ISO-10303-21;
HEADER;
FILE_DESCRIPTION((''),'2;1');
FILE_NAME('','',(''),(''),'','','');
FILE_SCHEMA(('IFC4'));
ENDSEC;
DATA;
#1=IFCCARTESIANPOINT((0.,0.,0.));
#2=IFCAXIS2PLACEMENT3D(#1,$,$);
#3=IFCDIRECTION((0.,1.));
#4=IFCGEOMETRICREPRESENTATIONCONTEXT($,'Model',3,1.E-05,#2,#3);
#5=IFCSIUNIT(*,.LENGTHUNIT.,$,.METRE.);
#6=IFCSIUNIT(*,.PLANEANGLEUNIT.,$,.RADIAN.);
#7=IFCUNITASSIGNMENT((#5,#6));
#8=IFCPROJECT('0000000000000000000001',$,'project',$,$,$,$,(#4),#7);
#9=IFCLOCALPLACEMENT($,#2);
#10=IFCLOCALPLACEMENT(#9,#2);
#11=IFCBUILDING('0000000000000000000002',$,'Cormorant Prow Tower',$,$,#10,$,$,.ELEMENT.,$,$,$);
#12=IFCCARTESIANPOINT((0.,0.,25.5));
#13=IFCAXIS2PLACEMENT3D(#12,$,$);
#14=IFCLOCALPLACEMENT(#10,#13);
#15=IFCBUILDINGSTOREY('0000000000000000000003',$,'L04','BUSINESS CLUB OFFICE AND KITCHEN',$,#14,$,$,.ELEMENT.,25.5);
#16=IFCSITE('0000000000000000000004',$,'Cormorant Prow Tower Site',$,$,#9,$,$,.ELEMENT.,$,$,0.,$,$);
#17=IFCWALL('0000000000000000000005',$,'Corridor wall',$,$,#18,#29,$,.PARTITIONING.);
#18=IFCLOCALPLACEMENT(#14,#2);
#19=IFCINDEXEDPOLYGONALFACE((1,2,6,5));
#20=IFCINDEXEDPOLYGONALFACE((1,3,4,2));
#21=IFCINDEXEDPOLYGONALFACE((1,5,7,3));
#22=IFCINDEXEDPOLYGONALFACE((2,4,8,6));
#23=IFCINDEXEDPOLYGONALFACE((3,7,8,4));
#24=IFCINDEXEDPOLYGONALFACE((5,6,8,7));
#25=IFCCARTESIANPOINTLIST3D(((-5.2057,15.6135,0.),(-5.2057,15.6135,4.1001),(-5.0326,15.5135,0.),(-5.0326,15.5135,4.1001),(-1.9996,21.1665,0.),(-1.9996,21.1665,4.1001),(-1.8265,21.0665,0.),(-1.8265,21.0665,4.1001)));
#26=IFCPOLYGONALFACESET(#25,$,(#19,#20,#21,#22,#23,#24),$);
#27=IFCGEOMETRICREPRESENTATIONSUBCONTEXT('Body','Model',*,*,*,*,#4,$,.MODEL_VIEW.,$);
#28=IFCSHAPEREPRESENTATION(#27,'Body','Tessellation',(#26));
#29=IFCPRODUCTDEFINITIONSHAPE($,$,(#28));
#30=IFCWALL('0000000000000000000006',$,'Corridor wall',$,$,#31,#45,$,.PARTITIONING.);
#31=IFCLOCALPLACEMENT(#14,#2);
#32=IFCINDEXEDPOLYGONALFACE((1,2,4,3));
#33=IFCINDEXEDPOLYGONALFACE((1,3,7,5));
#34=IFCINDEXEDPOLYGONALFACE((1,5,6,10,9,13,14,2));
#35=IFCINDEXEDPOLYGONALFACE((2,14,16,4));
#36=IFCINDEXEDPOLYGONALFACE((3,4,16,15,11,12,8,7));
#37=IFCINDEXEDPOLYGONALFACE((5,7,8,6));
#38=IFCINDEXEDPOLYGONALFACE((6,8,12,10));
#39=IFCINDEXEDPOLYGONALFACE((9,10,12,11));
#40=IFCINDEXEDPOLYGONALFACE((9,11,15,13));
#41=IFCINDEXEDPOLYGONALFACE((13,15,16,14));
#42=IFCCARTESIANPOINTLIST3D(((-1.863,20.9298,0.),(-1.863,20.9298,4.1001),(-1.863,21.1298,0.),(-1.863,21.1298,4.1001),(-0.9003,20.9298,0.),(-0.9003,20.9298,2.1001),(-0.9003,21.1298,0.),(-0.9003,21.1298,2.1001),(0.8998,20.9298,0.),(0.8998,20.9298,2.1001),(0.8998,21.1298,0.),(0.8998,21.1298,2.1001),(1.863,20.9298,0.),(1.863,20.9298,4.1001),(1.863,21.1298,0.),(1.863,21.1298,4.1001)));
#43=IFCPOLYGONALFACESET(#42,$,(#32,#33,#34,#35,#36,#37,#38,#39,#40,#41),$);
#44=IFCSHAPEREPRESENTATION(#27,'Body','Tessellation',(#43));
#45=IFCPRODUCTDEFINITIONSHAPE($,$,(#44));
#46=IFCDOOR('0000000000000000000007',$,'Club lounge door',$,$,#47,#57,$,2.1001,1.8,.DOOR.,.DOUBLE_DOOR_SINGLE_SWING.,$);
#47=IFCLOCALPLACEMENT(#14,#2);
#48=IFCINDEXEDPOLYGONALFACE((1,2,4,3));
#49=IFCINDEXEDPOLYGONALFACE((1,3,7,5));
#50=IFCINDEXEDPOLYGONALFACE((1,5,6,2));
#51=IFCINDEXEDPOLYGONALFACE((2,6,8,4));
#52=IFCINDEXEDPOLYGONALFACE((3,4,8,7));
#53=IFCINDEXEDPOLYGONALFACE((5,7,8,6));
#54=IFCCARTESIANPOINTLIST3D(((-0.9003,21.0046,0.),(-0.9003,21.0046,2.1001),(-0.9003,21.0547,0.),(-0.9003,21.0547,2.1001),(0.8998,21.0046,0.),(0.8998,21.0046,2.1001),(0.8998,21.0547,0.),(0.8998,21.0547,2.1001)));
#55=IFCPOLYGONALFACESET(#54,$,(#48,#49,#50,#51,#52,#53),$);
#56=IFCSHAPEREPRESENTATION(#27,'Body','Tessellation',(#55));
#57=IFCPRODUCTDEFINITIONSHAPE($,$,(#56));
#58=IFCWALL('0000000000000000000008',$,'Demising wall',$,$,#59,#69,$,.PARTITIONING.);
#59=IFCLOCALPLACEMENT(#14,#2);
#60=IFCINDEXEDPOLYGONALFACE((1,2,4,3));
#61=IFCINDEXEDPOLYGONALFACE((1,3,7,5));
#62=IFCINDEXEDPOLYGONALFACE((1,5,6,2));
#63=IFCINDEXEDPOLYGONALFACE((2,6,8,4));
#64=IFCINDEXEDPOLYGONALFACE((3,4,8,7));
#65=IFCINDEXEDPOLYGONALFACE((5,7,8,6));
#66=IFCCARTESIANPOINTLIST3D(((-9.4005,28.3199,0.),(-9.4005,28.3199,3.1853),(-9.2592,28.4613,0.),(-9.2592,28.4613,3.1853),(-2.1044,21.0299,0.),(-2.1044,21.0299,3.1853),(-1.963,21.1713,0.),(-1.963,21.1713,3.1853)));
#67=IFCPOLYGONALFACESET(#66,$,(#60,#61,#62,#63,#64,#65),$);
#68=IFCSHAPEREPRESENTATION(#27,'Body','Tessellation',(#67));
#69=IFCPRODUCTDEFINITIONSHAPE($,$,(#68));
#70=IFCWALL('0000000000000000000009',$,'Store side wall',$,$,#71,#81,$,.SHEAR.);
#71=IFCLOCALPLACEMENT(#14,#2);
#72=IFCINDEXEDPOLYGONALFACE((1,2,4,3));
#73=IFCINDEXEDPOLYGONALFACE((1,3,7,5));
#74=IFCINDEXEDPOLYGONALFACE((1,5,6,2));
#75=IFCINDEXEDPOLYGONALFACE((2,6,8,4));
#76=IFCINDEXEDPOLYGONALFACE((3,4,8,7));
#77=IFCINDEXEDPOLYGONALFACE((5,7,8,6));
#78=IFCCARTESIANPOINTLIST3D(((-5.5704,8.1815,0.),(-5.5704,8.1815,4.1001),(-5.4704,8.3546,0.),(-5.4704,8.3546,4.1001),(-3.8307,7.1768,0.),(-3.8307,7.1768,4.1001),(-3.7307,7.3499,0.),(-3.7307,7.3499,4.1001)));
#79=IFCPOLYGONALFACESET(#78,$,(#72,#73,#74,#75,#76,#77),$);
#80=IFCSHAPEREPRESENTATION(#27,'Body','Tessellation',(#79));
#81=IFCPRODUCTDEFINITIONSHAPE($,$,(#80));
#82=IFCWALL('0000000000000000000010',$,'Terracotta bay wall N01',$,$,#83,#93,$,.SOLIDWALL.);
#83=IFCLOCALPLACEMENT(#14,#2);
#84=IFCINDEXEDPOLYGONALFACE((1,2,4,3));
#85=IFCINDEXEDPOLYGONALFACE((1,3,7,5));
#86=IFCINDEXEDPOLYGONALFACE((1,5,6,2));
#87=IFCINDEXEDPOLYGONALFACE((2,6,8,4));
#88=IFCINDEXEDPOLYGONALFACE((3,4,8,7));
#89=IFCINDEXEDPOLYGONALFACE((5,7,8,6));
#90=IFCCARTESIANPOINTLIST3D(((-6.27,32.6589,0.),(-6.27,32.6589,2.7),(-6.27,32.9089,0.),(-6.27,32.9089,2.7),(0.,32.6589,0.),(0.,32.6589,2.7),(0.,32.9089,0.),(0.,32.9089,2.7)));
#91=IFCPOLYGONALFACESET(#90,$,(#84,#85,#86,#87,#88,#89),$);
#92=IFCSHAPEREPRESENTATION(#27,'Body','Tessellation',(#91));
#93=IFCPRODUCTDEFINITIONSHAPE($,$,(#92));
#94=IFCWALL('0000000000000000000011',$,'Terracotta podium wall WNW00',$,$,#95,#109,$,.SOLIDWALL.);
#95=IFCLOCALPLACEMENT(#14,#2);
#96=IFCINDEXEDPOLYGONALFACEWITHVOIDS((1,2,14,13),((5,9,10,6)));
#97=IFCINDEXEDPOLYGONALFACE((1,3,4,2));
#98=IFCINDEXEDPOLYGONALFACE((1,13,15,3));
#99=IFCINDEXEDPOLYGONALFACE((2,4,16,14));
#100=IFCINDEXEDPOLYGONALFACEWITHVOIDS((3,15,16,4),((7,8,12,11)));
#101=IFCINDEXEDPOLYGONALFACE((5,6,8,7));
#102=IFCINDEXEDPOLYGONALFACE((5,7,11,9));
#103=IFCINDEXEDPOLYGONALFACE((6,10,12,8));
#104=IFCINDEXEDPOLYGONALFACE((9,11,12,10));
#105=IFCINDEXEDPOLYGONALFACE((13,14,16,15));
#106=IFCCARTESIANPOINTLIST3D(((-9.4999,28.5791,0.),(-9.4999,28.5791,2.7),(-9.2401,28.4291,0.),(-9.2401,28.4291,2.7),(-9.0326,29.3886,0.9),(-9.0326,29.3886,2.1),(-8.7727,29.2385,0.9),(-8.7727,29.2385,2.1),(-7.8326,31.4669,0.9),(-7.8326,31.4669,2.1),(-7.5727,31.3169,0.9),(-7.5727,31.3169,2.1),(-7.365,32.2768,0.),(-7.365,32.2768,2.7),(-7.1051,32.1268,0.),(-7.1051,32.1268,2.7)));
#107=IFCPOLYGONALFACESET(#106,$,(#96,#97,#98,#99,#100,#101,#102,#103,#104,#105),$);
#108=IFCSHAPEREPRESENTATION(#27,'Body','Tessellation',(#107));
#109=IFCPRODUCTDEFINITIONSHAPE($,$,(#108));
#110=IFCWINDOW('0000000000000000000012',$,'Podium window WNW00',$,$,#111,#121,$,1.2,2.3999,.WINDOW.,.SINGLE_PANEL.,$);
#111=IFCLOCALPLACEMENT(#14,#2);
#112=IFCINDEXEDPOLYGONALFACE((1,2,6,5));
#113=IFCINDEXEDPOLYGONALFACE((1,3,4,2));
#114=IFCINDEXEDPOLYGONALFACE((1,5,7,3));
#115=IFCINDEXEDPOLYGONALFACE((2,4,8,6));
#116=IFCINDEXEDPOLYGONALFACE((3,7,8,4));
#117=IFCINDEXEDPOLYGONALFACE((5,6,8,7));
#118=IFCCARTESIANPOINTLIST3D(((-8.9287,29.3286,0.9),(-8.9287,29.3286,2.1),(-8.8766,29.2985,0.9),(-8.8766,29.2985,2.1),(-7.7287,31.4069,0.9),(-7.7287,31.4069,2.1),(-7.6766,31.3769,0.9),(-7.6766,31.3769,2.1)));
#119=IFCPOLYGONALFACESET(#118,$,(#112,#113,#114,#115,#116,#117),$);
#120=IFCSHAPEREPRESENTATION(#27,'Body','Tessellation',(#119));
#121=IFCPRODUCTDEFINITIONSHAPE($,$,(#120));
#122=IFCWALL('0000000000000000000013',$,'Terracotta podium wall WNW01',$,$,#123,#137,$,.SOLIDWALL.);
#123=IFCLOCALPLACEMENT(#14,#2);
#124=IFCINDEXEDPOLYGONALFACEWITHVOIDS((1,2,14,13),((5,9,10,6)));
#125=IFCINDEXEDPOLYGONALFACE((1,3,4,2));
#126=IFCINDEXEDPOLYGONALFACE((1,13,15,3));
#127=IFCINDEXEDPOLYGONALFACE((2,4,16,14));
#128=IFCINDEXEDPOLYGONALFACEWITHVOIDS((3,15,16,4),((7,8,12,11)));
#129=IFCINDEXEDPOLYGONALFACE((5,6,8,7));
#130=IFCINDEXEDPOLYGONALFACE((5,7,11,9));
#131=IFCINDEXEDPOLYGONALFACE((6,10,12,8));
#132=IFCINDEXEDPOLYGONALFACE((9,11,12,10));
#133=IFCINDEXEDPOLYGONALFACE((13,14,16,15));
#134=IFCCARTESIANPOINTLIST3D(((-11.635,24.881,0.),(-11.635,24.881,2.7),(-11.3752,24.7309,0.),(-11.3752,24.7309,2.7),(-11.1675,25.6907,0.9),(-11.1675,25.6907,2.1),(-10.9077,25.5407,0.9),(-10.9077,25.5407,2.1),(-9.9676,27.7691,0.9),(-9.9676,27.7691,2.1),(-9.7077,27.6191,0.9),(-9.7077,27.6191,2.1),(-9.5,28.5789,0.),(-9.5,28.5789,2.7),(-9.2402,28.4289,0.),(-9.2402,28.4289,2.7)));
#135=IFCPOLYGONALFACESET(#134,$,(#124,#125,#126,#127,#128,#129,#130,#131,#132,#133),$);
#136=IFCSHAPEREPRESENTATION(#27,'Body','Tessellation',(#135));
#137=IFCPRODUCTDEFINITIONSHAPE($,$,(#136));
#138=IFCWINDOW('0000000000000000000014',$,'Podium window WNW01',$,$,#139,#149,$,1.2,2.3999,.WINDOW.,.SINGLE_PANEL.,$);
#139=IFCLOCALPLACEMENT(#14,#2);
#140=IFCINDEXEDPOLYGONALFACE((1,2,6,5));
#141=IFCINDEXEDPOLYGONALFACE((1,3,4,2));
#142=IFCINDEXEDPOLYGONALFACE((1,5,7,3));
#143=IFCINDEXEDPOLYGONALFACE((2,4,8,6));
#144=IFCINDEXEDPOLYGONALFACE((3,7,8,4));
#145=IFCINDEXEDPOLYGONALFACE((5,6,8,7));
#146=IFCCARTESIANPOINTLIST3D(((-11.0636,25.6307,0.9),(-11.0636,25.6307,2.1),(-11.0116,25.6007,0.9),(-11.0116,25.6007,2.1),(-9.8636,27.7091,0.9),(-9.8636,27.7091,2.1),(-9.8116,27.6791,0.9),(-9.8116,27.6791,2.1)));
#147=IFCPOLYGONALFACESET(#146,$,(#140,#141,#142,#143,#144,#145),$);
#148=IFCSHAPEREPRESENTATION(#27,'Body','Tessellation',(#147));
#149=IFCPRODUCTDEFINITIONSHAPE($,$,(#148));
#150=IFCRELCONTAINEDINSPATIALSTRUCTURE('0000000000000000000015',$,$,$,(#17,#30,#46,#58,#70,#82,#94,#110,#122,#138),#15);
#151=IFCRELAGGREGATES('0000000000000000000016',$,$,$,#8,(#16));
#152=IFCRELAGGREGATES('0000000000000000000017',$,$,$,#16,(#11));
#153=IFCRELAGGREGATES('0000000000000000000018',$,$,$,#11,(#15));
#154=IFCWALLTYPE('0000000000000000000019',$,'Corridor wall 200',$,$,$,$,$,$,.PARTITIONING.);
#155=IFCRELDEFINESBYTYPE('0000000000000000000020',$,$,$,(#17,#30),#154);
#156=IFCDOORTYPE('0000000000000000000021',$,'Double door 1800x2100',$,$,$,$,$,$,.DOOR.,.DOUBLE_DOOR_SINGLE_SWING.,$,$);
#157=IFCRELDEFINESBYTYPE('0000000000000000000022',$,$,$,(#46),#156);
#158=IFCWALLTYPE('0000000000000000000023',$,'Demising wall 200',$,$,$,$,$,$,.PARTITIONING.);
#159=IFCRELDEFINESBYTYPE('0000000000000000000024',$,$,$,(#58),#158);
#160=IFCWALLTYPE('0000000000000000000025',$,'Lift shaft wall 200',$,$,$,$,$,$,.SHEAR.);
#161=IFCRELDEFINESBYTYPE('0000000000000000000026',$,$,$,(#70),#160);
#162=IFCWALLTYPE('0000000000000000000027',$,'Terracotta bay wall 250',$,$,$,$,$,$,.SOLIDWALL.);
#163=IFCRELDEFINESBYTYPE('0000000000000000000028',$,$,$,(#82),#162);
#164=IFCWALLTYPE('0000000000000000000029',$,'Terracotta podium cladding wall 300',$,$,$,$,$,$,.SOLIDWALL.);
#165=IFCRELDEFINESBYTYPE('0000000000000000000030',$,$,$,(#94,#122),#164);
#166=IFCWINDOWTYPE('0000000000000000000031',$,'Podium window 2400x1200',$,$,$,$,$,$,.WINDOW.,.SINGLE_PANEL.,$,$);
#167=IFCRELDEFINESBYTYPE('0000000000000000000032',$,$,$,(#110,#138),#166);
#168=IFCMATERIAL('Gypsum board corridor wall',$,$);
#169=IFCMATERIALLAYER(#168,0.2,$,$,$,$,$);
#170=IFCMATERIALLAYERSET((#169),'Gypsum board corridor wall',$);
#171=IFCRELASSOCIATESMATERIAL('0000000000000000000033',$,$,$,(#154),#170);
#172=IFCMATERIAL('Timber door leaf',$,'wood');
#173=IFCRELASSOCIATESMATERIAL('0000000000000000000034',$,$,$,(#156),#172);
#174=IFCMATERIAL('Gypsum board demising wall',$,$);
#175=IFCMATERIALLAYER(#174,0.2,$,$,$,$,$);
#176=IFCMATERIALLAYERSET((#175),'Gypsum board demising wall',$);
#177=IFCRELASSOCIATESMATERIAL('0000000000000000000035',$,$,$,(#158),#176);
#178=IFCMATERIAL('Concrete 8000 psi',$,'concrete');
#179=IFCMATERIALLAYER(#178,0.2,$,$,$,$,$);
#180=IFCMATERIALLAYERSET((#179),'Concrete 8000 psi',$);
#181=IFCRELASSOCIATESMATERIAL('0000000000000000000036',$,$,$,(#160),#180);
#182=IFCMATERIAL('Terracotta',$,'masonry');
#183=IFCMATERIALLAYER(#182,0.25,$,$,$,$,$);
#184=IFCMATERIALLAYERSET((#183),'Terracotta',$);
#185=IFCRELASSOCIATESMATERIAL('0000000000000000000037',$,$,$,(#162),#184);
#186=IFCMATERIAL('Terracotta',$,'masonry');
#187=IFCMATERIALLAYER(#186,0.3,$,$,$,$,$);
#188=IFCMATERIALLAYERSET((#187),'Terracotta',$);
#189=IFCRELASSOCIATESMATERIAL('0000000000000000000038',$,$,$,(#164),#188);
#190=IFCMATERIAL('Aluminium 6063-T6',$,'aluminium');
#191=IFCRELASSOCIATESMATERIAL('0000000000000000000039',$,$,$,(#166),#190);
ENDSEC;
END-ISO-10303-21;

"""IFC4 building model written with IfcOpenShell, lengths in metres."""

from ifc_helpers import new_model, si_unit, direction, frame, frame_2d, origin, place, context, subcontext, project, spatial, rectangle, extrude, material, layer, layer_set, type_object, element, fill, save


model = new_model("IFC4")

# Units and contexts
model_context = context("Model", 3, precision=1e-05, world=origin(), true_north=direction((0.0, 1.0)))
body_context = subcontext(model_context, "Body", "Model", "MODEL_VIEW")
ifc_project = project(units=[si_unit("LENGTHUNIT", "METRE"), si_unit("PLANEANGLEUNIT", "RADIAN")], contexts=[model_context])

# Site, building, storey
site_placement = place(None, origin())
site = spatial("IfcSite", under=ifc_project, at=site_placement, Name="Cormorant Prow Tower Site", CompositionType="ELEMENT", RefElevation=0.0)
building_placement = place(site_placement, origin())
building = spatial("IfcBuilding", under=site, at=building_placement, Name="Cormorant Prow Tower", CompositionType="ELEMENT")
storey_placement = place(building_placement, frame((0.0, 0.0, 25.5)))
storey = spatial("IfcBuildingStorey", under=building, at=storey_placement, Name="L04", Description="BUSINESS CLUB OFFICE AND KITCHEN", CompositionType="ELEMENT", Elevation=25.5)

# Wall
ifc_material_1 = material(Name="Gypsum board corridor wall")
ifc_layer_1 = layer(ifc_material_1, 0.2)
ifc_layer_set_1 = layer_set([ifc_layer_1], Name="Gypsum board corridor wall")
wall_type_1 = type_object("IfcWallType", Name="Corridor wall 200", PredefinedType="PARTITIONING", material=ifc_layer_set_1)
wall_1_placement = place(storey_placement, frame((-5.1191, 15.5635, 0.0), z_axis=(0.0, 0.0, 1.0), x_axis=(0.500005, 0.866023, 0.0)))
element("IfcWall", 1, at=wall_1_placement, inside=storey, type_object=wall_type_1, Name="Corridor wall", PredefinedType="PARTITIONING", context=body_context, shape_type="SweptSolid", body=[
    extrude(rectangle(XDim=6.4121, YDim=0.2, at=frame_2d((3.2061, 0.0))), origin(), (0.0, 0.0, 1.0), 4.1001),
])

# Wall, opening, door
wall_2_placement = place(storey_placement, frame((-1.863, 21.0298, 0.0), z_axis=(0.0, 0.0, 1.0), x_axis=(1.0, 0.0, 0.0)))
wall_2 = element("IfcWall", 2, at=wall_2_placement, inside=storey, type_object=wall_type_1, Name="Corridor wall", PredefinedType="PARTITIONING", context=body_context, shape_type="SweptSolid", body=[
    extrude(rectangle(XDim=3.7261, YDim=0.2, at=frame_2d((1.863, 0.0))), origin(), (0.0, 0.0, 1.0), 4.1001),
])
opening_1_placement = place(wall_2_placement, frame((0.9629, 0.0, 0.0)))
opening_1 = element("IfcOpeningElement", 3, at=opening_1_placement, cuts=wall_2, PredefinedType="OPENING", context=body_context, shape_type="SweptSolid", body=[
    extrude(rectangle(XDim=1.8, YDim=2.1001, at=frame_2d((0.8999, 1.05))), frame((0.0, 0.1099, 0.0), z_axis=(0.0, -1.0, 0.0), x_axis=(1.0, 0.0, 0.0)), (0.0, 0.0, 1.0), 0.22),
])
ifc_material_2 = material(Name="Timber door leaf", Category="wood")
door_type_1 = type_object("IfcDoorType", Name="Double door 1800x2100", OperationType="DOUBLE_DOOR_SINGLE_SWING", PredefinedType="DOOR", material=ifc_material_2)
door_1_placement = place(opening_1_placement, origin())
door_1 = element("IfcDoor", 4, at=door_1_placement, inside=storey, type_object=door_type_1, Name="Club lounge door", OperationType="DOUBLE_DOOR_SINGLE_SWING", OverallHeight=2.1001, OverallWidth=1.8, PredefinedType="DOOR", context=body_context, shape_type="SweptSolid", body=[
    extrude(rectangle(XDim=1.8, YDim=2.1001, at=frame_2d((0.8999, 1.05))), frame((0.0, 0.0249, 0.0), z_axis=(0.0, -1.0, 0.0), x_axis=(1.0, 0.0, 0.0)), (0.0, 0.0, 1.0), 0.05),
])
fill(opening_1, door_1)

# Walls
ifc_material_3 = material(Name="Gypsum board demising wall")
ifc_layer_2 = layer(ifc_material_3, 0.2)
ifc_layer_set_2 = layer_set([ifc_layer_2], Name="Gypsum board demising wall")
wall_type_2 = type_object("IfcWallType", Name="Demising wall 200", PredefinedType="PARTITIONING", material=ifc_layer_set_2)
wall_3_placement = place(storey_placement, frame((-9.3298, 28.3906, 0.0), z_axis=(0.0, 0.0, 1.0), x_axis=(0.707403, -0.706811, 0.0)))
element("IfcWall", 5, at=wall_3_placement, inside=storey, type_object=wall_type_2, Name="Demising wall", PredefinedType="PARTITIONING", context=body_context, shape_type="SweptSolid", body=[
    extrude(rectangle(XDim=10.314, YDim=0.2, at=frame_2d((5.157, 0.0))), origin(), (0.0, 0.0, 1.0), 3.1853),
])
ifc_material_4 = material(Name="Concrete 8000 psi", Category="concrete")
ifc_layer_3 = layer(ifc_material_4, 0.2)
ifc_layer_set_3 = layer_set([ifc_layer_3], Name="Concrete 8000 psi")
wall_type_3 = type_object("IfcWallType", Name="Lift shaft wall 200", PredefinedType="SHEAR", material=ifc_layer_set_3)
wall_4_placement = place(storey_placement, frame((-3.7808, 7.2634, 0.0), z_axis=(0.0, 0.0, 1.0), x_axis=(-0.865983, 0.500073, 0.0)))
element("IfcWall", 6, at=wall_4_placement, inside=storey, type_object=wall_type_3, Name="Store side wall", PredefinedType="SHEAR", context=body_context, shape_type="SweptSolid", body=[
    extrude(rectangle(XDim=2.009, YDim=0.2, at=frame_2d((1.0044, 0.0))), origin(), (0.0, 0.0, 1.0), 4.1001),
])
ifc_material_5 = material(Name="Terracotta", Category="masonry")
ifc_layer_4 = layer(ifc_material_5, 0.25)
ifc_layer_set_4 = layer_set([ifc_layer_4], Name="Terracotta")
wall_type_4 = type_object("IfcWallType", Name="Terracotta bay wall 250", PredefinedType="SOLIDWALL", material=ifc_layer_set_4)
wall_5_placement = place(storey_placement, frame((0.0, 32.7839, 0.0), z_axis=(0.0, 0.0, 1.0), x_axis=(-1.0, 0.0, 0.0)))
element("IfcWall", 7, at=wall_5_placement, inside=storey, type_object=wall_type_4, Name="Terracotta bay wall N01", PredefinedType="SOLIDWALL", context=body_context, shape_type="SweptSolid", body=[
    extrude(rectangle(XDim=6.27, YDim=0.25, at=frame_2d((3.135, 0.0))), origin(), (0.0, 0.0, 1.0), 2.7),
])

# Walls, openings, windows
ifc_material_6 = material(Name="Terracotta", Category="masonry")
ifc_layer_5 = layer(ifc_material_6, 0.3)
ifc_layer_set_5 = layer_set([ifc_layer_5], Name="Terracotta")
wall_type_5 = type_object("IfcWallType", Name="Terracotta podium cladding wall 300", PredefinedType="SOLIDWALL", material=ifc_layer_set_5)
wall_6_placement = place(storey_placement, frame((-7.2351, 32.2017, 0.0), z_axis=(0.0, 0.0, 1.0), x_axis=(-0.500019, -0.866014, 0.0)))
wall_6 = element("IfcWall", 8, at=wall_6_placement, inside=storey, type_object=wall_type_5, Name="Terracotta podium wall WNW00", PredefinedType="SOLIDWALL", context=body_context, shape_type="SweptSolid", body=[
    extrude(rectangle(XDim=4.2698, YDim=0.3, at=frame_2d((2.1348, 0.0))), origin(), (0.0, 0.0, 1.0), 2.7),
])
opening_2_placement = place(wall_6_placement, frame((0.9351, 0.0, 0.8999)))
opening_2 = element("IfcOpeningElement", 9, at=opening_2_placement, cuts=wall_6, PredefinedType="OPENING", context=body_context, shape_type="SweptSolid", body=[
    extrude(rectangle(XDim=2.3999, YDim=1.2, at=frame_2d((1.2, 0.6001))), frame((0.0, 0.1599, 0.0), z_axis=(0.0, -1.0, 0.0), x_axis=(1.0, 0.0, 0.0)), (0.0, 0.0, 1.0), 0.3201),
])
ifc_material_7 = material(Name="Aluminium 6063-T6", Category="aluminium")
window_type = type_object("IfcWindowType", Name="Podium window 2400x1200", PartitioningType="SINGLE_PANEL", PredefinedType="WINDOW", material=ifc_material_7)
window_1_placement = place(opening_2_placement, origin())
window_1 = element("IfcWindow", 10, at=window_1_placement, inside=storey, type_object=window_type, Name="Podium window WNW00", OverallHeight=1.2, OverallWidth=2.3999, PartitioningType="SINGLE_PANEL", PredefinedType="WINDOW", context=body_context, shape_type="SweptSolid", body=[
    extrude(rectangle(XDim=2.3999, YDim=1.2, at=frame_2d((1.2, 0.6001))), frame((0.0, 0.03, 0.0), z_axis=(0.0, -1.0, 0.0), x_axis=(1.0, 0.0, 0.0)), (0.0, 0.0, 1.0), 0.0601),
])
fill(opening_2, window_1)
wall_7_placement = place(storey_placement, frame((-9.3701, 28.5039, 0.0), z_axis=(0.0, 0.0, 1.0), x_axis=(-0.499995, -0.866028, 0.0)))
wall_7 = element("IfcWall", 11, at=wall_7_placement, inside=storey, type_object=wall_type_5, Name="Terracotta podium wall WNW01", PredefinedType="SOLIDWALL", context=body_context, shape_type="SweptSolid", body=[
    extrude(rectangle(XDim=4.27, YDim=0.3, at=frame_2d((2.135, 0.0))), origin(), (0.0, 0.0, 1.0), 2.7),
])
opening_3_placement = place(wall_7_placement, frame((0.9351, 0.0, 0.8999)))
opening_3 = element("IfcOpeningElement", 12, at=opening_3_placement, cuts=wall_7, PredefinedType="OPENING", context=body_context, shape_type="SweptSolid", body=[
    extrude(rectangle(XDim=2.3999, YDim=1.2, at=frame_2d((1.2, 0.6001))), frame((0.0, 0.1599, 0.0), z_axis=(0.0, -1.0, 0.0), x_axis=(1.0, 0.0, 0.0)), (0.0, 0.0, 1.0), 0.3201),
])
window_2_placement = place(opening_3_placement, origin())
window_2 = element("IfcWindow", 13, at=window_2_placement, inside=storey, type_object=window_type, Name="Podium window WNW01", OverallHeight=1.2, OverallWidth=2.3999, PartitioningType="SINGLE_PANEL", PredefinedType="WINDOW", context=body_context, shape_type="SweptSolid", body=[
    extrude(rectangle(XDim=2.3999, YDim=1.2, at=frame_2d((1.2, 0.6001))), frame((0.0, 0.03, 0.0), z_axis=(0.0, -1.0, 0.0), x_axis=(1.0, 0.0, 0.0)), (0.0, 0.0, 1.0), 0.0601),
])
fill(opening_3, window_2)

save(model, "model.ifc")
